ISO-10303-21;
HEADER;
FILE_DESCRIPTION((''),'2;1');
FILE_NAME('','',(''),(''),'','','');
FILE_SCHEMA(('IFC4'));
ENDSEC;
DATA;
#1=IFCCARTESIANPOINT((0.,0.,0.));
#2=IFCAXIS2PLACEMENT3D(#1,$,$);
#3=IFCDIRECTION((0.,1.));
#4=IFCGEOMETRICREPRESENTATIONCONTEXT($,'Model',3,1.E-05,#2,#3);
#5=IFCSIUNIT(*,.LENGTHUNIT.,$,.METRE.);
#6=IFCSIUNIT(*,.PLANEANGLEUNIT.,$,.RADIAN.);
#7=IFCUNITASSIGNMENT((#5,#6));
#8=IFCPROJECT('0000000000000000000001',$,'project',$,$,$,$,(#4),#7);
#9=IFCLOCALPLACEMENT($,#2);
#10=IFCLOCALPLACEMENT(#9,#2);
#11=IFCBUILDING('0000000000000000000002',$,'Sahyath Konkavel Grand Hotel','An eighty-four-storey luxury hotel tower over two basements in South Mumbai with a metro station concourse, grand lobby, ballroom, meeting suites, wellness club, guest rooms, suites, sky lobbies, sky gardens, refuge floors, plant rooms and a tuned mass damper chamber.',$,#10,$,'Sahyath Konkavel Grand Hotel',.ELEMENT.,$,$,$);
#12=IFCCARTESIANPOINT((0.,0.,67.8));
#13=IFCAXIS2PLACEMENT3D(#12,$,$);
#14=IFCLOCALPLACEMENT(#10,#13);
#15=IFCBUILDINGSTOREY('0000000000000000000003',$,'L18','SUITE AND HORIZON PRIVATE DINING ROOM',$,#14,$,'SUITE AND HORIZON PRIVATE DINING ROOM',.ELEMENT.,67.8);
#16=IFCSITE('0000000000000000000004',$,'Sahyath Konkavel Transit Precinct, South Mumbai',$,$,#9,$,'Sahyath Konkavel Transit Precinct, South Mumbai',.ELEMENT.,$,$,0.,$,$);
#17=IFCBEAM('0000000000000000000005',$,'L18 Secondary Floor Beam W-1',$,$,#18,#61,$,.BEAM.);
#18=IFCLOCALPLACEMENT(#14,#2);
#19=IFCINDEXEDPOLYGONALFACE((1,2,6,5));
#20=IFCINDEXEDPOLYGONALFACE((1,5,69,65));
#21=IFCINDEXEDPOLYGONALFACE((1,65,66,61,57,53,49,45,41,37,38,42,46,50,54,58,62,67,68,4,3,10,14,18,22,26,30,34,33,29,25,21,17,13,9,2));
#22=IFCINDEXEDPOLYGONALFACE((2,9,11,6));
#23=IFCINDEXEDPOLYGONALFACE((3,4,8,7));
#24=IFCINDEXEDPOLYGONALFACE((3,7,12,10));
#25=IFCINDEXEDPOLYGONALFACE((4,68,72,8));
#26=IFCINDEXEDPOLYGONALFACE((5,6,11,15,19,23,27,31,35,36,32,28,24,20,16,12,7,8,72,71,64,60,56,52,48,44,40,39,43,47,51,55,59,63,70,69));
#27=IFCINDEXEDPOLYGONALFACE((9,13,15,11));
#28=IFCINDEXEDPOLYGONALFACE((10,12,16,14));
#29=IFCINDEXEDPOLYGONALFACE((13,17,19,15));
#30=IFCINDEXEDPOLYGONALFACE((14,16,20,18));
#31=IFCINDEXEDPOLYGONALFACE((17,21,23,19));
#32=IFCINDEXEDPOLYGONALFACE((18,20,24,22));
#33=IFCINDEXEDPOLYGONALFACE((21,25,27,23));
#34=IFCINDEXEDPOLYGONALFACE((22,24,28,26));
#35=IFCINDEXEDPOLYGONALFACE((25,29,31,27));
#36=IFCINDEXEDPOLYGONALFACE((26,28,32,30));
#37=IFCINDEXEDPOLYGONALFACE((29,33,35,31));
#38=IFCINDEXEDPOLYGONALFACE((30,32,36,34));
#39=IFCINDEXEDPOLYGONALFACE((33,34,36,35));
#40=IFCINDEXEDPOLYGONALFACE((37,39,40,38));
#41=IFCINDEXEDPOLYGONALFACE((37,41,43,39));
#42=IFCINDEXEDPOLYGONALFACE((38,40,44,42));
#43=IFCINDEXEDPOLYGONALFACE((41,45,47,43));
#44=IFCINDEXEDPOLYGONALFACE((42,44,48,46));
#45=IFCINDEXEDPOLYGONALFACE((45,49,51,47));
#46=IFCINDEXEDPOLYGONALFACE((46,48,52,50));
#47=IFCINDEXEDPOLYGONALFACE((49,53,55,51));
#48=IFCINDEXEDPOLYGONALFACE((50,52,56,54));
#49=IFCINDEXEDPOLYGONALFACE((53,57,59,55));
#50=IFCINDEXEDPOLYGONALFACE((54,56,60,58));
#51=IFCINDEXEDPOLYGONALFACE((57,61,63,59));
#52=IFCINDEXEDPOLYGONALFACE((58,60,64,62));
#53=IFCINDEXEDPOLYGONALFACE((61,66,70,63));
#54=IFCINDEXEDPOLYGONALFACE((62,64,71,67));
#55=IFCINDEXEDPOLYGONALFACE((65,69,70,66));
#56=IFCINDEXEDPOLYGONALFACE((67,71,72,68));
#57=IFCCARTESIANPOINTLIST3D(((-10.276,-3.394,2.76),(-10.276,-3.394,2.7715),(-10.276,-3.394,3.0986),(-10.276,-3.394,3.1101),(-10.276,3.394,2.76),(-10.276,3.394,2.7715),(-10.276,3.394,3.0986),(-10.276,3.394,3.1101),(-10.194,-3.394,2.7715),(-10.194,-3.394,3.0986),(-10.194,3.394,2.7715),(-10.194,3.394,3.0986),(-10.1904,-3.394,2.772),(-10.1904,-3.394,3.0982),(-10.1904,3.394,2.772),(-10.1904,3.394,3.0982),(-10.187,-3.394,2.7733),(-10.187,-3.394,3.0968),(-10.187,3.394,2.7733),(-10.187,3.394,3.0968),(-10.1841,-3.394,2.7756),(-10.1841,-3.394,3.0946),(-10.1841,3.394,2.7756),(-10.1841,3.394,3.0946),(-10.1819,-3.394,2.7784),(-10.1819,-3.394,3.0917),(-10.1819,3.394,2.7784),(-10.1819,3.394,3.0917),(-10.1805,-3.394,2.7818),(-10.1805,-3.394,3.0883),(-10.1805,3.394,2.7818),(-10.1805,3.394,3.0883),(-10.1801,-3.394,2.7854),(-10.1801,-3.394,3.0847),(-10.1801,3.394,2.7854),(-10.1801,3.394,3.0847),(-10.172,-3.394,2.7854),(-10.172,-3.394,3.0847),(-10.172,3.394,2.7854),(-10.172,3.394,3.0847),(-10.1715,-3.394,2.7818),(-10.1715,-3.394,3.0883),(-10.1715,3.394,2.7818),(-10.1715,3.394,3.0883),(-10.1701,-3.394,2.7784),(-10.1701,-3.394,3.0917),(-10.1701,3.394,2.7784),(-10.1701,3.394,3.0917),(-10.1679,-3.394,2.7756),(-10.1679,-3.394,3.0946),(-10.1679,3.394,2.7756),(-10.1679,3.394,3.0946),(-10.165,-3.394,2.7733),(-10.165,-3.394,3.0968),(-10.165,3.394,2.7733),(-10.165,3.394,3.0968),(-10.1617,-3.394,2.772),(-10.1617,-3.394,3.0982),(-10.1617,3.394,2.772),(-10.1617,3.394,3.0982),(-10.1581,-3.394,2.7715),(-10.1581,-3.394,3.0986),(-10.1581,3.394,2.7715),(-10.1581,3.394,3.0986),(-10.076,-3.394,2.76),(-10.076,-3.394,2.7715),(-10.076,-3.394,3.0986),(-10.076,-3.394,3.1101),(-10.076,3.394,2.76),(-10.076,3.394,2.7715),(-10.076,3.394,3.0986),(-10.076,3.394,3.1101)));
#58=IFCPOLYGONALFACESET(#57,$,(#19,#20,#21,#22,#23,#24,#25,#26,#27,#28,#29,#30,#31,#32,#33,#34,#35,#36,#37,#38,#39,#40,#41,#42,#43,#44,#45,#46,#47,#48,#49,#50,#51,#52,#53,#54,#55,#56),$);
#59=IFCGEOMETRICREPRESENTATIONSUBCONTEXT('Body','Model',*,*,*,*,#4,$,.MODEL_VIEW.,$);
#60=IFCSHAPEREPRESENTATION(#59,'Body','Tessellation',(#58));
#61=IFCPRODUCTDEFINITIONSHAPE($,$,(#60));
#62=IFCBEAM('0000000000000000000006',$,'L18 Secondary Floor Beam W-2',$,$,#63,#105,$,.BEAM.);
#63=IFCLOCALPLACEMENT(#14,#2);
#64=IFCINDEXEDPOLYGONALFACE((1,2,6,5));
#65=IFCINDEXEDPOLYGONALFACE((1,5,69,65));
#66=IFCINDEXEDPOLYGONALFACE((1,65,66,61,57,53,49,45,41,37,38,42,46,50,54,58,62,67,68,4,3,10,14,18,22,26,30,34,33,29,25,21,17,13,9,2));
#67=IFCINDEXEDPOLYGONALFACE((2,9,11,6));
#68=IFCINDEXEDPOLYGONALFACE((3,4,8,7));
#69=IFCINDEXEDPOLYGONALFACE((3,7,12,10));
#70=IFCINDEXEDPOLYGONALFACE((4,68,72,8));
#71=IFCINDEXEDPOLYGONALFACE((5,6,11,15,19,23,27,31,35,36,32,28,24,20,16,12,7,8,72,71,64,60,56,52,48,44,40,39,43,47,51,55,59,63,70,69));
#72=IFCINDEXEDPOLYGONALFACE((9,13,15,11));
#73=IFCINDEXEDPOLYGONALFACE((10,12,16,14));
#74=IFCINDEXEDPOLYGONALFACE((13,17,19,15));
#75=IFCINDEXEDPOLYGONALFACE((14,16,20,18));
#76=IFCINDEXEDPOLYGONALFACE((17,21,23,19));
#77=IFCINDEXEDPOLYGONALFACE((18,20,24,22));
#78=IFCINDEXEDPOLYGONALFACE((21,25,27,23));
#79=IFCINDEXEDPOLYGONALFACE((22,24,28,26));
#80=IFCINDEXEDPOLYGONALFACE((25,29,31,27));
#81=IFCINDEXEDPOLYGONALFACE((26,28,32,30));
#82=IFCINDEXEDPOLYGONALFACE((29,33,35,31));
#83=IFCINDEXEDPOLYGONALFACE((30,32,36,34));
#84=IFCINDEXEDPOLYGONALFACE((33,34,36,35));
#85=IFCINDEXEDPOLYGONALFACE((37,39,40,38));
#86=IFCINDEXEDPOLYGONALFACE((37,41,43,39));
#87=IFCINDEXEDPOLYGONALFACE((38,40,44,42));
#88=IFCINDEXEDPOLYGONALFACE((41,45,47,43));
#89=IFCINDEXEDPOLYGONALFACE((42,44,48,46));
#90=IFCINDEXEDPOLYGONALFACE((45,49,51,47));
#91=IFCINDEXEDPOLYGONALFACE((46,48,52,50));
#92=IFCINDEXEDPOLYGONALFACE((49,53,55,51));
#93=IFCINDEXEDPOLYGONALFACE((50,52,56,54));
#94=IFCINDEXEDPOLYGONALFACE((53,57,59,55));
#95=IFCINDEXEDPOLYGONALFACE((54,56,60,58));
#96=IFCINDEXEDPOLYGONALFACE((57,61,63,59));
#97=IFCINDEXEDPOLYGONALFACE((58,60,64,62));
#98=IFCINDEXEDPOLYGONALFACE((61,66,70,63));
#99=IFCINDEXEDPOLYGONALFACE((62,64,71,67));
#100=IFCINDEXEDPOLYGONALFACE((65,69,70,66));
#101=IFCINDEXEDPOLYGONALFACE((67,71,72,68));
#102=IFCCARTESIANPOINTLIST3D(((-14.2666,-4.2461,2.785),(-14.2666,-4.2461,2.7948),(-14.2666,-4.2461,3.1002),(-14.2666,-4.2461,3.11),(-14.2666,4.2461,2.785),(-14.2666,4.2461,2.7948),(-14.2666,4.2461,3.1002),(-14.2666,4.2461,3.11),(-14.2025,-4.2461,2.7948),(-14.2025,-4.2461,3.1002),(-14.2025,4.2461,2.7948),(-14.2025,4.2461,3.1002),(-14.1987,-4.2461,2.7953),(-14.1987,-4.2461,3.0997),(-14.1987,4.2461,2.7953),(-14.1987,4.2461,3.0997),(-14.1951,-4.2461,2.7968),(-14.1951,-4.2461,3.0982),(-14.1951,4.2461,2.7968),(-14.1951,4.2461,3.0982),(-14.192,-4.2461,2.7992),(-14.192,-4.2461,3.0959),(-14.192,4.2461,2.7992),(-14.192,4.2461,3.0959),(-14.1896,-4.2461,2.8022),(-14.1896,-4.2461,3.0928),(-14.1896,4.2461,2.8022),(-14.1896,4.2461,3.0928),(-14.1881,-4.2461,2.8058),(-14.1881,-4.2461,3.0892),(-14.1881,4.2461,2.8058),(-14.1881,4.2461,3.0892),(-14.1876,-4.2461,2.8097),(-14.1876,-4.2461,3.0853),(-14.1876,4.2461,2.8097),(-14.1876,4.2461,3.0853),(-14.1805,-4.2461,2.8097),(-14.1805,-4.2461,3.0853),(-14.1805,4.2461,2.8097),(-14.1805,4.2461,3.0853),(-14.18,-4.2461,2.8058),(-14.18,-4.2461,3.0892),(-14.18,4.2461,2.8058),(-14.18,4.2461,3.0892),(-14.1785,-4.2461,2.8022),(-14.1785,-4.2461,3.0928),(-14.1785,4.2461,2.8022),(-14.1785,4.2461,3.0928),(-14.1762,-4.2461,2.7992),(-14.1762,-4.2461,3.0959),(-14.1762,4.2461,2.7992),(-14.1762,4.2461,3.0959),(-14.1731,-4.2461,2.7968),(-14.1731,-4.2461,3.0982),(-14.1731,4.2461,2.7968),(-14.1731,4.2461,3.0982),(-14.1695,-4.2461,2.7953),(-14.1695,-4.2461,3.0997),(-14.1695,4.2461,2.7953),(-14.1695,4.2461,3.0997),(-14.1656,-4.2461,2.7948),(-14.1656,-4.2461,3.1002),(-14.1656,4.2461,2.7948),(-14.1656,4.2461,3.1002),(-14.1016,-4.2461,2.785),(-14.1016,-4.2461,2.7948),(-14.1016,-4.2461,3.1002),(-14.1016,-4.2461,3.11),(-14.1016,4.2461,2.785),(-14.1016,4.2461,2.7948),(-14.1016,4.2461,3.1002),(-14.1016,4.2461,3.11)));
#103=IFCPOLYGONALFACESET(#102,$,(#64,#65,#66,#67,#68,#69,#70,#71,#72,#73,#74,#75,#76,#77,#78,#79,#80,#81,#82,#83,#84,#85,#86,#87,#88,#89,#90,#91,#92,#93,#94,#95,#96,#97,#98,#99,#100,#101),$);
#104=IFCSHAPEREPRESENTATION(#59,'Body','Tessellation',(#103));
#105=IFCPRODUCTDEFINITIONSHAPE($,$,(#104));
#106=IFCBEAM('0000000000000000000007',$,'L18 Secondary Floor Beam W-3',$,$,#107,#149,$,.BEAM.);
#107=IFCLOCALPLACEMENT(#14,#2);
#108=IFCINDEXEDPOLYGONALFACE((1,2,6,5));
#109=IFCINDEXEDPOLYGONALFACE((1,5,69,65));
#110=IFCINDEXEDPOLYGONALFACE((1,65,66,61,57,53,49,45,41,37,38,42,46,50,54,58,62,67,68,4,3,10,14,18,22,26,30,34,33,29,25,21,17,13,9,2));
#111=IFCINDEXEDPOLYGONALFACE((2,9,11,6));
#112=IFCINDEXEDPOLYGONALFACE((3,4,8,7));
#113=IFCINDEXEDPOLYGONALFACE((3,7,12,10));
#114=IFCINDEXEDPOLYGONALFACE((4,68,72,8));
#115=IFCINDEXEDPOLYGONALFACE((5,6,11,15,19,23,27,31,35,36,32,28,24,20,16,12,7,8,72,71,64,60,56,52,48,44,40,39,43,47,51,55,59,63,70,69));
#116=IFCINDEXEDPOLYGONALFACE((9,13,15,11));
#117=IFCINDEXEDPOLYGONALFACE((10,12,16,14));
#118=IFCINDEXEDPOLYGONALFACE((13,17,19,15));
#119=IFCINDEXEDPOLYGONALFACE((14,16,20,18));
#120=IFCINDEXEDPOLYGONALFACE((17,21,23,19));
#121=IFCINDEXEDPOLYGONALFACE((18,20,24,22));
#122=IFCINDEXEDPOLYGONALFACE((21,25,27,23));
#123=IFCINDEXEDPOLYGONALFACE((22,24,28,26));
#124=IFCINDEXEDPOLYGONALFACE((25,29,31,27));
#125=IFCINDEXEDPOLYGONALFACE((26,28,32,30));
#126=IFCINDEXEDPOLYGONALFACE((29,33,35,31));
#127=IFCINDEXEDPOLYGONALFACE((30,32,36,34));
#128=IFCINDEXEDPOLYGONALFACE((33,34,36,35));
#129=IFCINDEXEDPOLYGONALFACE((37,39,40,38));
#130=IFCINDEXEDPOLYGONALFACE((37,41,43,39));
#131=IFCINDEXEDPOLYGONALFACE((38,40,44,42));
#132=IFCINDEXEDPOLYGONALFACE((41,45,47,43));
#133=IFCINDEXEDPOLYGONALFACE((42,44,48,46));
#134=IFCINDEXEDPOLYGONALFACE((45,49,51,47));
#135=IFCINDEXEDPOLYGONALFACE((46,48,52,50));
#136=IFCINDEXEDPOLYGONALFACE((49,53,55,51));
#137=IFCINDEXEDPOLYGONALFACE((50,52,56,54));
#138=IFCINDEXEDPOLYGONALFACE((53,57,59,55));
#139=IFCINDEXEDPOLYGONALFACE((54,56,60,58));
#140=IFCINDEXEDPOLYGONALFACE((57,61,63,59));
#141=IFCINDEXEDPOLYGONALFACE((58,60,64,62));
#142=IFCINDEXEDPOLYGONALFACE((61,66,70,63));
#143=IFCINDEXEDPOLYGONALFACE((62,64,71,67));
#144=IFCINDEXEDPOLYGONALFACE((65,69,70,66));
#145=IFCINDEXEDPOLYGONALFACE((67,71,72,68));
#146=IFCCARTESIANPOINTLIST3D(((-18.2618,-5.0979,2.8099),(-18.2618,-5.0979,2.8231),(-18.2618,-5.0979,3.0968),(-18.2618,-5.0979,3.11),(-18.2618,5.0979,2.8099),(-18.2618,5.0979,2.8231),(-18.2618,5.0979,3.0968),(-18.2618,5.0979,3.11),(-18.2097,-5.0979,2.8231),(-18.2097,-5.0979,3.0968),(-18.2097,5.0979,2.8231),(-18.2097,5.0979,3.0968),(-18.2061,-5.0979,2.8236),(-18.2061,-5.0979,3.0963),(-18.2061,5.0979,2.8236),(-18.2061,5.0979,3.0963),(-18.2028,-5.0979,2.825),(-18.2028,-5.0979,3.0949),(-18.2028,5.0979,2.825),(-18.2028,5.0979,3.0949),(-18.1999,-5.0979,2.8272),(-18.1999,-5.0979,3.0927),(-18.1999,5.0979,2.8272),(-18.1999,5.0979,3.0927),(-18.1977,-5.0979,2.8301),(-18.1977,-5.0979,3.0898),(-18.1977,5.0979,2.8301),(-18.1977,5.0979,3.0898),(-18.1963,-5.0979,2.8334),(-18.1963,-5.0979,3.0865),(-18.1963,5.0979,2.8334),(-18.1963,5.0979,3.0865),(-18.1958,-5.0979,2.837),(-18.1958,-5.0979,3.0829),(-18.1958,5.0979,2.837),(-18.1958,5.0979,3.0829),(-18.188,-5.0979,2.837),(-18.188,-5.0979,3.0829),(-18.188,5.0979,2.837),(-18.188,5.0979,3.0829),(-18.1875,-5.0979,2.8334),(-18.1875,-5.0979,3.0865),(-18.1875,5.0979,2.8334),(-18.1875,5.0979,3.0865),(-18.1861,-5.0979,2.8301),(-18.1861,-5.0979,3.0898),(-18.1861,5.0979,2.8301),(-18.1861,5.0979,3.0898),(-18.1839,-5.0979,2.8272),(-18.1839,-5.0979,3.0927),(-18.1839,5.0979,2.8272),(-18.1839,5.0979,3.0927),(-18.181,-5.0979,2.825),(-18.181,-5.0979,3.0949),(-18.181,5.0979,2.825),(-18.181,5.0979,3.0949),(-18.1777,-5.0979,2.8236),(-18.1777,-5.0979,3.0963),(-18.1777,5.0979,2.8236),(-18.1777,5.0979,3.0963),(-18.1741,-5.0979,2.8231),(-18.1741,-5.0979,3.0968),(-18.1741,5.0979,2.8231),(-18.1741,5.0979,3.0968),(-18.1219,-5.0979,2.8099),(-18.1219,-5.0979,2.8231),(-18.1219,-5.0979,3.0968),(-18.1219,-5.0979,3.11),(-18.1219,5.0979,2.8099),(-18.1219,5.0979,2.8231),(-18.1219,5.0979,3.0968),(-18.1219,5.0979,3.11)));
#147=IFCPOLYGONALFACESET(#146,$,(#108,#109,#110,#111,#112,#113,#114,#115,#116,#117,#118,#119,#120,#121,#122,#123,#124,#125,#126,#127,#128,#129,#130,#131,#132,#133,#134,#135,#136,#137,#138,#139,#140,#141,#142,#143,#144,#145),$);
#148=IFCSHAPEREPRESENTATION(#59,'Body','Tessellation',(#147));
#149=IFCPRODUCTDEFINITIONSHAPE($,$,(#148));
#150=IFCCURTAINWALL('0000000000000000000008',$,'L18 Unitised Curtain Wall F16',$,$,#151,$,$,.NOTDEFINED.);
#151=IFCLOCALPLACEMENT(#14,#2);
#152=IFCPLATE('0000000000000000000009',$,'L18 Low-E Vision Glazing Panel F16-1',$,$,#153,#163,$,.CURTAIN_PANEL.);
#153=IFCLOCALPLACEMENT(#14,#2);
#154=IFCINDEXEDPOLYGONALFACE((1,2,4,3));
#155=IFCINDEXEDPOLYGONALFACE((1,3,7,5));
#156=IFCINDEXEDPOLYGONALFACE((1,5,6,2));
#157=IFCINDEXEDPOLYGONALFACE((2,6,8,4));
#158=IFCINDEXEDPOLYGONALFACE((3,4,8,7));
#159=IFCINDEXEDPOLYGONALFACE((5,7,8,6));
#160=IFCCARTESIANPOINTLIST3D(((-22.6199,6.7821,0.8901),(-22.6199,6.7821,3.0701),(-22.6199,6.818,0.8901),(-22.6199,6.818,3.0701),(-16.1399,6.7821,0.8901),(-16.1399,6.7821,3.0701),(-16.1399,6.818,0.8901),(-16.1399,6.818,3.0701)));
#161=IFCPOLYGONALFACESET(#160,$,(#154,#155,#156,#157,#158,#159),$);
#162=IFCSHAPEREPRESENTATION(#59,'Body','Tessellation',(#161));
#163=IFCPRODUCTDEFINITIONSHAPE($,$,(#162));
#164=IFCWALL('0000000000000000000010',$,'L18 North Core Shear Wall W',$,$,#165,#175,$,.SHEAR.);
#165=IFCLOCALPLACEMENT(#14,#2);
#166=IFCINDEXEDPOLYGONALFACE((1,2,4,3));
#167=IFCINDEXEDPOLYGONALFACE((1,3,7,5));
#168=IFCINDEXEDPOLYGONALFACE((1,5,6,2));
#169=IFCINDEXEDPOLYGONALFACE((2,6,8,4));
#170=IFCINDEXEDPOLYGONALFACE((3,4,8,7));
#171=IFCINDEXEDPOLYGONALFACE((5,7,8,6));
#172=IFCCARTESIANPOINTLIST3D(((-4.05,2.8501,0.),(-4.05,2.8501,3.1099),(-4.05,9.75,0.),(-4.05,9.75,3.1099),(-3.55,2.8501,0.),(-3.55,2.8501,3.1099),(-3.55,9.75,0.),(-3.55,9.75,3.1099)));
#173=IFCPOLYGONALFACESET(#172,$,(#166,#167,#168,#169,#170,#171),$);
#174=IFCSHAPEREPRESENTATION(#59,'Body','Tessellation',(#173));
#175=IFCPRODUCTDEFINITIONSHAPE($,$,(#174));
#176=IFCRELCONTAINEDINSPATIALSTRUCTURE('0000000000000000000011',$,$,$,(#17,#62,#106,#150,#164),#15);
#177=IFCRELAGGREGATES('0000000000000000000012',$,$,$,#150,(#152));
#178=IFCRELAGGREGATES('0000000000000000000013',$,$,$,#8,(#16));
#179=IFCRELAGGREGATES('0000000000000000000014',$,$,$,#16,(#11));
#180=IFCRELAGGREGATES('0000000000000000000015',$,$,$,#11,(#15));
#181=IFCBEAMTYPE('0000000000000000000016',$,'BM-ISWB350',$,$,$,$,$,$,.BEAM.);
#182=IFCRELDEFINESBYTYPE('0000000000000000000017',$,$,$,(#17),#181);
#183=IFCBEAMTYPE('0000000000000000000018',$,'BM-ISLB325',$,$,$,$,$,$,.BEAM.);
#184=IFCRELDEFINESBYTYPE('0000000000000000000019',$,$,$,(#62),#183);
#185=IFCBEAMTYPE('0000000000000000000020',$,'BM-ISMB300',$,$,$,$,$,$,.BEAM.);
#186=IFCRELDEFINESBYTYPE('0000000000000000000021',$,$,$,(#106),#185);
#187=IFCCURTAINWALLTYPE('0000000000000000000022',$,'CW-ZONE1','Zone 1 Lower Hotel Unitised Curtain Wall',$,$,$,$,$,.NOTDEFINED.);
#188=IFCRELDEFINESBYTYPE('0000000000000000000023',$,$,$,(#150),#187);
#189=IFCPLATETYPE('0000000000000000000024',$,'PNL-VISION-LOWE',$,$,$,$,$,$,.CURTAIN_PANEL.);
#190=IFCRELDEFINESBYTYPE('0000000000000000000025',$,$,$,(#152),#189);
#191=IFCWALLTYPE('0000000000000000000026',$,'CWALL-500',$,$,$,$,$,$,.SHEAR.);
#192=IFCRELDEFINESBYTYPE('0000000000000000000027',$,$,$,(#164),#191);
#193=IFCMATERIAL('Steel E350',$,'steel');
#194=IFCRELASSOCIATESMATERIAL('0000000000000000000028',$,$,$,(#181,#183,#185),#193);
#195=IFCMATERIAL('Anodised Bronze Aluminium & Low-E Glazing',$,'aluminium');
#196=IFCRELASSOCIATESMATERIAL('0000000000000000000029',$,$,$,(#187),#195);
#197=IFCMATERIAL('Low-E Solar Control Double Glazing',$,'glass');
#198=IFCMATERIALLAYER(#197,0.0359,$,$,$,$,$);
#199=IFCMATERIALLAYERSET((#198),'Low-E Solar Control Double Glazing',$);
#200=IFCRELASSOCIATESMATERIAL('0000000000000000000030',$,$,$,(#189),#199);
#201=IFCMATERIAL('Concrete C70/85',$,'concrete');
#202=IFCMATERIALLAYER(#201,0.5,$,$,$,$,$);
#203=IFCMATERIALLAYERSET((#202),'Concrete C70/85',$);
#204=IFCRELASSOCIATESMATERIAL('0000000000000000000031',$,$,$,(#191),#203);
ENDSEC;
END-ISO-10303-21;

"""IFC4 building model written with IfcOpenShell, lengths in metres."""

from ifc_helpers import new_model, si_unit, direction, frame, frame_2d, origin, origin_2d, place, context, subcontext, project, spatial, rectangle, i_section, extrude, source, transform, mapped, material, layer, layer_set, material_profile, profile_set, type_object, element, aggregate, save


model = new_model("IFC4")

# Units and contexts
model_context = context("Model", 3, precision=1e-05, world=origin(), true_north=direction((0.0, 1.0)))
body_context = subcontext(model_context, "Body", "Model", "MODEL_VIEW")
ifc_project = project(units=[si_unit("LENGTHUNIT", "METRE"), si_unit("PLANEANGLEUNIT", "RADIAN")], contexts=[model_context])

# Site, building, storey
site_placement = place(None, origin())
site = spatial("IfcSite", under=ifc_project, at=site_placement, Name="Sahyath Konkavel Transit Precinct, South Mumbai", LongName="Sahyath Konkavel Transit Precinct, South Mumbai", CompositionType="ELEMENT", RefElevation=0.0)
building_placement = place(site_placement, origin())
building = spatial("IfcBuilding", under=site, at=building_placement, Name="Sahyath Konkavel Grand Hotel", Description="An eighty-four-storey luxury hotel tower over two basements in South Mumbai with a metro station concourse, grand lobby, ballroom, meeting suites, wellness club, guest rooms, suites, sky lobbies, sky gardens, refuge floors, plant rooms and a tuned mass damper chamber.", LongName="Sahyath Konkavel Grand Hotel", CompositionType="ELEMENT")
storey_placement = place(building_placement, frame((0.0, 0.0, 67.8)))
storey = spatial("IfcBuildingStorey", under=building, at=storey_placement, Name="L18", Description="SUITE AND HORIZON PRIVATE DINING ROOM", LongName="SUITE AND HORIZON PRIVATE DINING ROOM", CompositionType="ELEMENT", Elevation=67.8)

# Shared definitions
ifc_material_1 = material(Name="Concrete C70/85", Category="concrete")

# Beams
ifc_material_2 = material(Name="Steel E350", Category="steel")
ifc_material_profile_1 = material_profile(ifc_material_2, i_section(OverallWidth=0.2, OverallDepth=0.3501, WebThickness=0.0081, FlangeThickness=0.0115, FilletRadius=0.0139, at=origin_2d()), Name="ISWB 350")
ifc_profile_set_1 = profile_set([ifc_material_profile_1], Name="Steel E350")
beam_type_1 = type_object("IfcBeamType", Name="BM-ISWB350", PredefinedType="BEAM", material=ifc_profile_set_1)
shared_shape_1 = source(origin(), body_context, "Body", "SweptSolid", [
    extrude(i_section(OverallWidth=0.2, OverallDepth=0.3501, WebThickness=0.0081, FlangeThickness=0.0115, FilletRadius=0.0139, at=origin_2d()), origin(), (0.0, 0.0, 1.0), 6.7881),
])
beam_1_placement = place(storey_placement, frame((-10.176, 3.394, 2.9351), z_axis=(0.0, -1.0, 0.0), x_axis=(1.0, 0.0, 0.0)))
element("IfcBeam", 1, at=beam_1_placement, inside=storey, type_object=beam_type_1, Name="L18 Secondary Floor Beam W-1", PredefinedType="BEAM", context=body_context, shape_type="MappedRepresentation", body=[
    mapped(shared_shape_1, transform((0.0, 0.0, 0.0), scale=1.0)),
])
ifc_material_profile_2 = material_profile(ifc_material_2, i_section(OverallWidth=0.165, OverallDepth=0.325, WebThickness=0.0071, FlangeThickness=0.0098, FilletRadius=0.0149, at=origin_2d()), Name="ISLB 325")
ifc_profile_set_2 = profile_set([ifc_material_profile_2], Name="Steel E350")
beam_type_2 = type_object("IfcBeamType", Name="BM-ISLB325", PredefinedType="BEAM", material=ifc_profile_set_2)
shared_shape_2 = source(origin(), body_context, "Body", "SweptSolid", [
    extrude(i_section(OverallWidth=0.165, OverallDepth=0.325, WebThickness=0.0071, FlangeThickness=0.0098, FilletRadius=0.0149, at=origin_2d()), origin(), (0.0, 0.0, 1.0), 8.4922),
])
beam_2_placement = place(storey_placement, frame((-14.1841, 4.2461, 2.9475), z_axis=(0.0, -1.0, 0.0), x_axis=(1.0, 0.0, 0.0)))
element("IfcBeam", 2, at=beam_2_placement, inside=storey, type_object=beam_type_2, Name="L18 Secondary Floor Beam W-2", PredefinedType="BEAM", context=body_context, shape_type="MappedRepresentation", body=[
    mapped(shared_shape_2, transform((0.0, 0.0, 0.0), scale=1.0)),
])
ifc_material_profile_3 = material_profile(ifc_material_2, i_section(OverallWidth=0.1399, OverallDepth=0.3, WebThickness=0.0078, FlangeThickness=0.0132, FilletRadius=0.0139, at=origin_2d()), Name="ISMB 300")
ifc_profile_set_3 = profile_set([ifc_material_profile_3], Name="Steel E350")
beam_type_3 = type_object("IfcBeamType", Name="BM-ISMB300", PredefinedType="BEAM", material=ifc_profile_set_3)
shared_shape_3 = source(origin(), body_context, "Body", "SweptSolid", [
    extrude(i_section(OverallWidth=0.1399, OverallDepth=0.3, WebThickness=0.0078, FlangeThickness=0.0132, FilletRadius=0.0139, at=origin_2d()), origin(), (0.0, 0.0, 1.0), 10.1958),
])
beam_3_placement = place(storey_placement, frame((-18.1919, 5.0979, 2.96), z_axis=(0.0, -1.0, 0.0), x_axis=(1.0, 0.0, 0.0)))
element("IfcBeam", 3, at=beam_3_placement, inside=storey, type_object=beam_type_3, Name="L18 Secondary Floor Beam W-3", PredefinedType="BEAM", context=body_context, shape_type="MappedRepresentation", body=[
    mapped(shared_shape_3, transform((0.0, 0.0, 0.0), scale=1.0)),
])

# Curtain wall, plate
ifc_material_3 = material(Name="Anodised Bronze Aluminium & Low-E Glazing", Category="aluminium")
curtain_wall_type = type_object("IfcCurtainWallType", Name="CW-ZONE1", Description="Zone 1 Lower Hotel Unitised Curtain Wall", PredefinedType="NOTDEFINED", material=ifc_material_3)
curtain_wall_placement = place(storey_placement, origin())
curtain_wall = element("IfcCurtainWall", 4, at=curtain_wall_placement, inside=storey, type_object=curtain_wall_type, Name="L18 Unitised Curtain Wall F16", PredefinedType="NOTDEFINED")
ifc_material_4 = material(Name="Low-E Solar Control Double Glazing", Category="glass")
ifc_layer_1 = layer(ifc_material_4, 0.0359)
ifc_layer_set_1 = layer_set([ifc_layer_1], Name="Low-E Solar Control Double Glazing")
plate_type = type_object("IfcPlateType", Name="PNL-VISION-LOWE", PredefinedType="CURTAIN_PANEL", material=ifc_layer_set_1)
shared_shape_4 = source(origin(), body_context, "Body", "SweptSolid", [
    extrude(rectangle(XDim=6.48, YDim=0.0359, at=origin_2d()), origin(), (0.0, 0.0, 1.0), 2.1799),
])
plate_placement = place(storey_placement, frame((-19.3799, 6.8, 0.8901), z_axis=(0.0, 0.0, 1.0), x_axis=(-1.0, 0.0, 0.0)))
plate = element("IfcPlate", 5, at=plate_placement, type_object=plate_type, Name="L18 Low-E Vision Glazing Panel F16-1", PredefinedType="CURTAIN_PANEL", context=body_context, shape_type="MappedRepresentation", body=[
    mapped(shared_shape_4, transform((0.0, 0.0, 0.0), scale=1.0)),
])
aggregate(curtain_wall, [plate])

# Wall
ifc_layer_2 = layer(ifc_material_1, 0.5)
ifc_layer_set_2 = layer_set([ifc_layer_2], Name="Concrete C70/85")
wall_type_1 = type_object("IfcWallType", Name="CWALL-500", PredefinedType="SHEAR", material=ifc_layer_set_2)
wall_1_placement = place(storey_placement, frame((-3.8, 2.8501, 0.0), z_axis=(0.0, 0.0, 1.0), x_axis=(0.0, 1.0, 0.0)))
element("IfcWall", 6, at=wall_1_placement, inside=storey, type_object=wall_type_1, Name="L18 North Core Shear Wall W", PredefinedType="SHEAR", context=body_context, shape_type="SweptSolid", body=[
    extrude(rectangle(XDim=6.8999, YDim=0.5, at=frame_2d((3.45, 0.0))), origin(), (0.0, 0.0, 1.0), 3.1099),
])

save(model, "model.ifc")
